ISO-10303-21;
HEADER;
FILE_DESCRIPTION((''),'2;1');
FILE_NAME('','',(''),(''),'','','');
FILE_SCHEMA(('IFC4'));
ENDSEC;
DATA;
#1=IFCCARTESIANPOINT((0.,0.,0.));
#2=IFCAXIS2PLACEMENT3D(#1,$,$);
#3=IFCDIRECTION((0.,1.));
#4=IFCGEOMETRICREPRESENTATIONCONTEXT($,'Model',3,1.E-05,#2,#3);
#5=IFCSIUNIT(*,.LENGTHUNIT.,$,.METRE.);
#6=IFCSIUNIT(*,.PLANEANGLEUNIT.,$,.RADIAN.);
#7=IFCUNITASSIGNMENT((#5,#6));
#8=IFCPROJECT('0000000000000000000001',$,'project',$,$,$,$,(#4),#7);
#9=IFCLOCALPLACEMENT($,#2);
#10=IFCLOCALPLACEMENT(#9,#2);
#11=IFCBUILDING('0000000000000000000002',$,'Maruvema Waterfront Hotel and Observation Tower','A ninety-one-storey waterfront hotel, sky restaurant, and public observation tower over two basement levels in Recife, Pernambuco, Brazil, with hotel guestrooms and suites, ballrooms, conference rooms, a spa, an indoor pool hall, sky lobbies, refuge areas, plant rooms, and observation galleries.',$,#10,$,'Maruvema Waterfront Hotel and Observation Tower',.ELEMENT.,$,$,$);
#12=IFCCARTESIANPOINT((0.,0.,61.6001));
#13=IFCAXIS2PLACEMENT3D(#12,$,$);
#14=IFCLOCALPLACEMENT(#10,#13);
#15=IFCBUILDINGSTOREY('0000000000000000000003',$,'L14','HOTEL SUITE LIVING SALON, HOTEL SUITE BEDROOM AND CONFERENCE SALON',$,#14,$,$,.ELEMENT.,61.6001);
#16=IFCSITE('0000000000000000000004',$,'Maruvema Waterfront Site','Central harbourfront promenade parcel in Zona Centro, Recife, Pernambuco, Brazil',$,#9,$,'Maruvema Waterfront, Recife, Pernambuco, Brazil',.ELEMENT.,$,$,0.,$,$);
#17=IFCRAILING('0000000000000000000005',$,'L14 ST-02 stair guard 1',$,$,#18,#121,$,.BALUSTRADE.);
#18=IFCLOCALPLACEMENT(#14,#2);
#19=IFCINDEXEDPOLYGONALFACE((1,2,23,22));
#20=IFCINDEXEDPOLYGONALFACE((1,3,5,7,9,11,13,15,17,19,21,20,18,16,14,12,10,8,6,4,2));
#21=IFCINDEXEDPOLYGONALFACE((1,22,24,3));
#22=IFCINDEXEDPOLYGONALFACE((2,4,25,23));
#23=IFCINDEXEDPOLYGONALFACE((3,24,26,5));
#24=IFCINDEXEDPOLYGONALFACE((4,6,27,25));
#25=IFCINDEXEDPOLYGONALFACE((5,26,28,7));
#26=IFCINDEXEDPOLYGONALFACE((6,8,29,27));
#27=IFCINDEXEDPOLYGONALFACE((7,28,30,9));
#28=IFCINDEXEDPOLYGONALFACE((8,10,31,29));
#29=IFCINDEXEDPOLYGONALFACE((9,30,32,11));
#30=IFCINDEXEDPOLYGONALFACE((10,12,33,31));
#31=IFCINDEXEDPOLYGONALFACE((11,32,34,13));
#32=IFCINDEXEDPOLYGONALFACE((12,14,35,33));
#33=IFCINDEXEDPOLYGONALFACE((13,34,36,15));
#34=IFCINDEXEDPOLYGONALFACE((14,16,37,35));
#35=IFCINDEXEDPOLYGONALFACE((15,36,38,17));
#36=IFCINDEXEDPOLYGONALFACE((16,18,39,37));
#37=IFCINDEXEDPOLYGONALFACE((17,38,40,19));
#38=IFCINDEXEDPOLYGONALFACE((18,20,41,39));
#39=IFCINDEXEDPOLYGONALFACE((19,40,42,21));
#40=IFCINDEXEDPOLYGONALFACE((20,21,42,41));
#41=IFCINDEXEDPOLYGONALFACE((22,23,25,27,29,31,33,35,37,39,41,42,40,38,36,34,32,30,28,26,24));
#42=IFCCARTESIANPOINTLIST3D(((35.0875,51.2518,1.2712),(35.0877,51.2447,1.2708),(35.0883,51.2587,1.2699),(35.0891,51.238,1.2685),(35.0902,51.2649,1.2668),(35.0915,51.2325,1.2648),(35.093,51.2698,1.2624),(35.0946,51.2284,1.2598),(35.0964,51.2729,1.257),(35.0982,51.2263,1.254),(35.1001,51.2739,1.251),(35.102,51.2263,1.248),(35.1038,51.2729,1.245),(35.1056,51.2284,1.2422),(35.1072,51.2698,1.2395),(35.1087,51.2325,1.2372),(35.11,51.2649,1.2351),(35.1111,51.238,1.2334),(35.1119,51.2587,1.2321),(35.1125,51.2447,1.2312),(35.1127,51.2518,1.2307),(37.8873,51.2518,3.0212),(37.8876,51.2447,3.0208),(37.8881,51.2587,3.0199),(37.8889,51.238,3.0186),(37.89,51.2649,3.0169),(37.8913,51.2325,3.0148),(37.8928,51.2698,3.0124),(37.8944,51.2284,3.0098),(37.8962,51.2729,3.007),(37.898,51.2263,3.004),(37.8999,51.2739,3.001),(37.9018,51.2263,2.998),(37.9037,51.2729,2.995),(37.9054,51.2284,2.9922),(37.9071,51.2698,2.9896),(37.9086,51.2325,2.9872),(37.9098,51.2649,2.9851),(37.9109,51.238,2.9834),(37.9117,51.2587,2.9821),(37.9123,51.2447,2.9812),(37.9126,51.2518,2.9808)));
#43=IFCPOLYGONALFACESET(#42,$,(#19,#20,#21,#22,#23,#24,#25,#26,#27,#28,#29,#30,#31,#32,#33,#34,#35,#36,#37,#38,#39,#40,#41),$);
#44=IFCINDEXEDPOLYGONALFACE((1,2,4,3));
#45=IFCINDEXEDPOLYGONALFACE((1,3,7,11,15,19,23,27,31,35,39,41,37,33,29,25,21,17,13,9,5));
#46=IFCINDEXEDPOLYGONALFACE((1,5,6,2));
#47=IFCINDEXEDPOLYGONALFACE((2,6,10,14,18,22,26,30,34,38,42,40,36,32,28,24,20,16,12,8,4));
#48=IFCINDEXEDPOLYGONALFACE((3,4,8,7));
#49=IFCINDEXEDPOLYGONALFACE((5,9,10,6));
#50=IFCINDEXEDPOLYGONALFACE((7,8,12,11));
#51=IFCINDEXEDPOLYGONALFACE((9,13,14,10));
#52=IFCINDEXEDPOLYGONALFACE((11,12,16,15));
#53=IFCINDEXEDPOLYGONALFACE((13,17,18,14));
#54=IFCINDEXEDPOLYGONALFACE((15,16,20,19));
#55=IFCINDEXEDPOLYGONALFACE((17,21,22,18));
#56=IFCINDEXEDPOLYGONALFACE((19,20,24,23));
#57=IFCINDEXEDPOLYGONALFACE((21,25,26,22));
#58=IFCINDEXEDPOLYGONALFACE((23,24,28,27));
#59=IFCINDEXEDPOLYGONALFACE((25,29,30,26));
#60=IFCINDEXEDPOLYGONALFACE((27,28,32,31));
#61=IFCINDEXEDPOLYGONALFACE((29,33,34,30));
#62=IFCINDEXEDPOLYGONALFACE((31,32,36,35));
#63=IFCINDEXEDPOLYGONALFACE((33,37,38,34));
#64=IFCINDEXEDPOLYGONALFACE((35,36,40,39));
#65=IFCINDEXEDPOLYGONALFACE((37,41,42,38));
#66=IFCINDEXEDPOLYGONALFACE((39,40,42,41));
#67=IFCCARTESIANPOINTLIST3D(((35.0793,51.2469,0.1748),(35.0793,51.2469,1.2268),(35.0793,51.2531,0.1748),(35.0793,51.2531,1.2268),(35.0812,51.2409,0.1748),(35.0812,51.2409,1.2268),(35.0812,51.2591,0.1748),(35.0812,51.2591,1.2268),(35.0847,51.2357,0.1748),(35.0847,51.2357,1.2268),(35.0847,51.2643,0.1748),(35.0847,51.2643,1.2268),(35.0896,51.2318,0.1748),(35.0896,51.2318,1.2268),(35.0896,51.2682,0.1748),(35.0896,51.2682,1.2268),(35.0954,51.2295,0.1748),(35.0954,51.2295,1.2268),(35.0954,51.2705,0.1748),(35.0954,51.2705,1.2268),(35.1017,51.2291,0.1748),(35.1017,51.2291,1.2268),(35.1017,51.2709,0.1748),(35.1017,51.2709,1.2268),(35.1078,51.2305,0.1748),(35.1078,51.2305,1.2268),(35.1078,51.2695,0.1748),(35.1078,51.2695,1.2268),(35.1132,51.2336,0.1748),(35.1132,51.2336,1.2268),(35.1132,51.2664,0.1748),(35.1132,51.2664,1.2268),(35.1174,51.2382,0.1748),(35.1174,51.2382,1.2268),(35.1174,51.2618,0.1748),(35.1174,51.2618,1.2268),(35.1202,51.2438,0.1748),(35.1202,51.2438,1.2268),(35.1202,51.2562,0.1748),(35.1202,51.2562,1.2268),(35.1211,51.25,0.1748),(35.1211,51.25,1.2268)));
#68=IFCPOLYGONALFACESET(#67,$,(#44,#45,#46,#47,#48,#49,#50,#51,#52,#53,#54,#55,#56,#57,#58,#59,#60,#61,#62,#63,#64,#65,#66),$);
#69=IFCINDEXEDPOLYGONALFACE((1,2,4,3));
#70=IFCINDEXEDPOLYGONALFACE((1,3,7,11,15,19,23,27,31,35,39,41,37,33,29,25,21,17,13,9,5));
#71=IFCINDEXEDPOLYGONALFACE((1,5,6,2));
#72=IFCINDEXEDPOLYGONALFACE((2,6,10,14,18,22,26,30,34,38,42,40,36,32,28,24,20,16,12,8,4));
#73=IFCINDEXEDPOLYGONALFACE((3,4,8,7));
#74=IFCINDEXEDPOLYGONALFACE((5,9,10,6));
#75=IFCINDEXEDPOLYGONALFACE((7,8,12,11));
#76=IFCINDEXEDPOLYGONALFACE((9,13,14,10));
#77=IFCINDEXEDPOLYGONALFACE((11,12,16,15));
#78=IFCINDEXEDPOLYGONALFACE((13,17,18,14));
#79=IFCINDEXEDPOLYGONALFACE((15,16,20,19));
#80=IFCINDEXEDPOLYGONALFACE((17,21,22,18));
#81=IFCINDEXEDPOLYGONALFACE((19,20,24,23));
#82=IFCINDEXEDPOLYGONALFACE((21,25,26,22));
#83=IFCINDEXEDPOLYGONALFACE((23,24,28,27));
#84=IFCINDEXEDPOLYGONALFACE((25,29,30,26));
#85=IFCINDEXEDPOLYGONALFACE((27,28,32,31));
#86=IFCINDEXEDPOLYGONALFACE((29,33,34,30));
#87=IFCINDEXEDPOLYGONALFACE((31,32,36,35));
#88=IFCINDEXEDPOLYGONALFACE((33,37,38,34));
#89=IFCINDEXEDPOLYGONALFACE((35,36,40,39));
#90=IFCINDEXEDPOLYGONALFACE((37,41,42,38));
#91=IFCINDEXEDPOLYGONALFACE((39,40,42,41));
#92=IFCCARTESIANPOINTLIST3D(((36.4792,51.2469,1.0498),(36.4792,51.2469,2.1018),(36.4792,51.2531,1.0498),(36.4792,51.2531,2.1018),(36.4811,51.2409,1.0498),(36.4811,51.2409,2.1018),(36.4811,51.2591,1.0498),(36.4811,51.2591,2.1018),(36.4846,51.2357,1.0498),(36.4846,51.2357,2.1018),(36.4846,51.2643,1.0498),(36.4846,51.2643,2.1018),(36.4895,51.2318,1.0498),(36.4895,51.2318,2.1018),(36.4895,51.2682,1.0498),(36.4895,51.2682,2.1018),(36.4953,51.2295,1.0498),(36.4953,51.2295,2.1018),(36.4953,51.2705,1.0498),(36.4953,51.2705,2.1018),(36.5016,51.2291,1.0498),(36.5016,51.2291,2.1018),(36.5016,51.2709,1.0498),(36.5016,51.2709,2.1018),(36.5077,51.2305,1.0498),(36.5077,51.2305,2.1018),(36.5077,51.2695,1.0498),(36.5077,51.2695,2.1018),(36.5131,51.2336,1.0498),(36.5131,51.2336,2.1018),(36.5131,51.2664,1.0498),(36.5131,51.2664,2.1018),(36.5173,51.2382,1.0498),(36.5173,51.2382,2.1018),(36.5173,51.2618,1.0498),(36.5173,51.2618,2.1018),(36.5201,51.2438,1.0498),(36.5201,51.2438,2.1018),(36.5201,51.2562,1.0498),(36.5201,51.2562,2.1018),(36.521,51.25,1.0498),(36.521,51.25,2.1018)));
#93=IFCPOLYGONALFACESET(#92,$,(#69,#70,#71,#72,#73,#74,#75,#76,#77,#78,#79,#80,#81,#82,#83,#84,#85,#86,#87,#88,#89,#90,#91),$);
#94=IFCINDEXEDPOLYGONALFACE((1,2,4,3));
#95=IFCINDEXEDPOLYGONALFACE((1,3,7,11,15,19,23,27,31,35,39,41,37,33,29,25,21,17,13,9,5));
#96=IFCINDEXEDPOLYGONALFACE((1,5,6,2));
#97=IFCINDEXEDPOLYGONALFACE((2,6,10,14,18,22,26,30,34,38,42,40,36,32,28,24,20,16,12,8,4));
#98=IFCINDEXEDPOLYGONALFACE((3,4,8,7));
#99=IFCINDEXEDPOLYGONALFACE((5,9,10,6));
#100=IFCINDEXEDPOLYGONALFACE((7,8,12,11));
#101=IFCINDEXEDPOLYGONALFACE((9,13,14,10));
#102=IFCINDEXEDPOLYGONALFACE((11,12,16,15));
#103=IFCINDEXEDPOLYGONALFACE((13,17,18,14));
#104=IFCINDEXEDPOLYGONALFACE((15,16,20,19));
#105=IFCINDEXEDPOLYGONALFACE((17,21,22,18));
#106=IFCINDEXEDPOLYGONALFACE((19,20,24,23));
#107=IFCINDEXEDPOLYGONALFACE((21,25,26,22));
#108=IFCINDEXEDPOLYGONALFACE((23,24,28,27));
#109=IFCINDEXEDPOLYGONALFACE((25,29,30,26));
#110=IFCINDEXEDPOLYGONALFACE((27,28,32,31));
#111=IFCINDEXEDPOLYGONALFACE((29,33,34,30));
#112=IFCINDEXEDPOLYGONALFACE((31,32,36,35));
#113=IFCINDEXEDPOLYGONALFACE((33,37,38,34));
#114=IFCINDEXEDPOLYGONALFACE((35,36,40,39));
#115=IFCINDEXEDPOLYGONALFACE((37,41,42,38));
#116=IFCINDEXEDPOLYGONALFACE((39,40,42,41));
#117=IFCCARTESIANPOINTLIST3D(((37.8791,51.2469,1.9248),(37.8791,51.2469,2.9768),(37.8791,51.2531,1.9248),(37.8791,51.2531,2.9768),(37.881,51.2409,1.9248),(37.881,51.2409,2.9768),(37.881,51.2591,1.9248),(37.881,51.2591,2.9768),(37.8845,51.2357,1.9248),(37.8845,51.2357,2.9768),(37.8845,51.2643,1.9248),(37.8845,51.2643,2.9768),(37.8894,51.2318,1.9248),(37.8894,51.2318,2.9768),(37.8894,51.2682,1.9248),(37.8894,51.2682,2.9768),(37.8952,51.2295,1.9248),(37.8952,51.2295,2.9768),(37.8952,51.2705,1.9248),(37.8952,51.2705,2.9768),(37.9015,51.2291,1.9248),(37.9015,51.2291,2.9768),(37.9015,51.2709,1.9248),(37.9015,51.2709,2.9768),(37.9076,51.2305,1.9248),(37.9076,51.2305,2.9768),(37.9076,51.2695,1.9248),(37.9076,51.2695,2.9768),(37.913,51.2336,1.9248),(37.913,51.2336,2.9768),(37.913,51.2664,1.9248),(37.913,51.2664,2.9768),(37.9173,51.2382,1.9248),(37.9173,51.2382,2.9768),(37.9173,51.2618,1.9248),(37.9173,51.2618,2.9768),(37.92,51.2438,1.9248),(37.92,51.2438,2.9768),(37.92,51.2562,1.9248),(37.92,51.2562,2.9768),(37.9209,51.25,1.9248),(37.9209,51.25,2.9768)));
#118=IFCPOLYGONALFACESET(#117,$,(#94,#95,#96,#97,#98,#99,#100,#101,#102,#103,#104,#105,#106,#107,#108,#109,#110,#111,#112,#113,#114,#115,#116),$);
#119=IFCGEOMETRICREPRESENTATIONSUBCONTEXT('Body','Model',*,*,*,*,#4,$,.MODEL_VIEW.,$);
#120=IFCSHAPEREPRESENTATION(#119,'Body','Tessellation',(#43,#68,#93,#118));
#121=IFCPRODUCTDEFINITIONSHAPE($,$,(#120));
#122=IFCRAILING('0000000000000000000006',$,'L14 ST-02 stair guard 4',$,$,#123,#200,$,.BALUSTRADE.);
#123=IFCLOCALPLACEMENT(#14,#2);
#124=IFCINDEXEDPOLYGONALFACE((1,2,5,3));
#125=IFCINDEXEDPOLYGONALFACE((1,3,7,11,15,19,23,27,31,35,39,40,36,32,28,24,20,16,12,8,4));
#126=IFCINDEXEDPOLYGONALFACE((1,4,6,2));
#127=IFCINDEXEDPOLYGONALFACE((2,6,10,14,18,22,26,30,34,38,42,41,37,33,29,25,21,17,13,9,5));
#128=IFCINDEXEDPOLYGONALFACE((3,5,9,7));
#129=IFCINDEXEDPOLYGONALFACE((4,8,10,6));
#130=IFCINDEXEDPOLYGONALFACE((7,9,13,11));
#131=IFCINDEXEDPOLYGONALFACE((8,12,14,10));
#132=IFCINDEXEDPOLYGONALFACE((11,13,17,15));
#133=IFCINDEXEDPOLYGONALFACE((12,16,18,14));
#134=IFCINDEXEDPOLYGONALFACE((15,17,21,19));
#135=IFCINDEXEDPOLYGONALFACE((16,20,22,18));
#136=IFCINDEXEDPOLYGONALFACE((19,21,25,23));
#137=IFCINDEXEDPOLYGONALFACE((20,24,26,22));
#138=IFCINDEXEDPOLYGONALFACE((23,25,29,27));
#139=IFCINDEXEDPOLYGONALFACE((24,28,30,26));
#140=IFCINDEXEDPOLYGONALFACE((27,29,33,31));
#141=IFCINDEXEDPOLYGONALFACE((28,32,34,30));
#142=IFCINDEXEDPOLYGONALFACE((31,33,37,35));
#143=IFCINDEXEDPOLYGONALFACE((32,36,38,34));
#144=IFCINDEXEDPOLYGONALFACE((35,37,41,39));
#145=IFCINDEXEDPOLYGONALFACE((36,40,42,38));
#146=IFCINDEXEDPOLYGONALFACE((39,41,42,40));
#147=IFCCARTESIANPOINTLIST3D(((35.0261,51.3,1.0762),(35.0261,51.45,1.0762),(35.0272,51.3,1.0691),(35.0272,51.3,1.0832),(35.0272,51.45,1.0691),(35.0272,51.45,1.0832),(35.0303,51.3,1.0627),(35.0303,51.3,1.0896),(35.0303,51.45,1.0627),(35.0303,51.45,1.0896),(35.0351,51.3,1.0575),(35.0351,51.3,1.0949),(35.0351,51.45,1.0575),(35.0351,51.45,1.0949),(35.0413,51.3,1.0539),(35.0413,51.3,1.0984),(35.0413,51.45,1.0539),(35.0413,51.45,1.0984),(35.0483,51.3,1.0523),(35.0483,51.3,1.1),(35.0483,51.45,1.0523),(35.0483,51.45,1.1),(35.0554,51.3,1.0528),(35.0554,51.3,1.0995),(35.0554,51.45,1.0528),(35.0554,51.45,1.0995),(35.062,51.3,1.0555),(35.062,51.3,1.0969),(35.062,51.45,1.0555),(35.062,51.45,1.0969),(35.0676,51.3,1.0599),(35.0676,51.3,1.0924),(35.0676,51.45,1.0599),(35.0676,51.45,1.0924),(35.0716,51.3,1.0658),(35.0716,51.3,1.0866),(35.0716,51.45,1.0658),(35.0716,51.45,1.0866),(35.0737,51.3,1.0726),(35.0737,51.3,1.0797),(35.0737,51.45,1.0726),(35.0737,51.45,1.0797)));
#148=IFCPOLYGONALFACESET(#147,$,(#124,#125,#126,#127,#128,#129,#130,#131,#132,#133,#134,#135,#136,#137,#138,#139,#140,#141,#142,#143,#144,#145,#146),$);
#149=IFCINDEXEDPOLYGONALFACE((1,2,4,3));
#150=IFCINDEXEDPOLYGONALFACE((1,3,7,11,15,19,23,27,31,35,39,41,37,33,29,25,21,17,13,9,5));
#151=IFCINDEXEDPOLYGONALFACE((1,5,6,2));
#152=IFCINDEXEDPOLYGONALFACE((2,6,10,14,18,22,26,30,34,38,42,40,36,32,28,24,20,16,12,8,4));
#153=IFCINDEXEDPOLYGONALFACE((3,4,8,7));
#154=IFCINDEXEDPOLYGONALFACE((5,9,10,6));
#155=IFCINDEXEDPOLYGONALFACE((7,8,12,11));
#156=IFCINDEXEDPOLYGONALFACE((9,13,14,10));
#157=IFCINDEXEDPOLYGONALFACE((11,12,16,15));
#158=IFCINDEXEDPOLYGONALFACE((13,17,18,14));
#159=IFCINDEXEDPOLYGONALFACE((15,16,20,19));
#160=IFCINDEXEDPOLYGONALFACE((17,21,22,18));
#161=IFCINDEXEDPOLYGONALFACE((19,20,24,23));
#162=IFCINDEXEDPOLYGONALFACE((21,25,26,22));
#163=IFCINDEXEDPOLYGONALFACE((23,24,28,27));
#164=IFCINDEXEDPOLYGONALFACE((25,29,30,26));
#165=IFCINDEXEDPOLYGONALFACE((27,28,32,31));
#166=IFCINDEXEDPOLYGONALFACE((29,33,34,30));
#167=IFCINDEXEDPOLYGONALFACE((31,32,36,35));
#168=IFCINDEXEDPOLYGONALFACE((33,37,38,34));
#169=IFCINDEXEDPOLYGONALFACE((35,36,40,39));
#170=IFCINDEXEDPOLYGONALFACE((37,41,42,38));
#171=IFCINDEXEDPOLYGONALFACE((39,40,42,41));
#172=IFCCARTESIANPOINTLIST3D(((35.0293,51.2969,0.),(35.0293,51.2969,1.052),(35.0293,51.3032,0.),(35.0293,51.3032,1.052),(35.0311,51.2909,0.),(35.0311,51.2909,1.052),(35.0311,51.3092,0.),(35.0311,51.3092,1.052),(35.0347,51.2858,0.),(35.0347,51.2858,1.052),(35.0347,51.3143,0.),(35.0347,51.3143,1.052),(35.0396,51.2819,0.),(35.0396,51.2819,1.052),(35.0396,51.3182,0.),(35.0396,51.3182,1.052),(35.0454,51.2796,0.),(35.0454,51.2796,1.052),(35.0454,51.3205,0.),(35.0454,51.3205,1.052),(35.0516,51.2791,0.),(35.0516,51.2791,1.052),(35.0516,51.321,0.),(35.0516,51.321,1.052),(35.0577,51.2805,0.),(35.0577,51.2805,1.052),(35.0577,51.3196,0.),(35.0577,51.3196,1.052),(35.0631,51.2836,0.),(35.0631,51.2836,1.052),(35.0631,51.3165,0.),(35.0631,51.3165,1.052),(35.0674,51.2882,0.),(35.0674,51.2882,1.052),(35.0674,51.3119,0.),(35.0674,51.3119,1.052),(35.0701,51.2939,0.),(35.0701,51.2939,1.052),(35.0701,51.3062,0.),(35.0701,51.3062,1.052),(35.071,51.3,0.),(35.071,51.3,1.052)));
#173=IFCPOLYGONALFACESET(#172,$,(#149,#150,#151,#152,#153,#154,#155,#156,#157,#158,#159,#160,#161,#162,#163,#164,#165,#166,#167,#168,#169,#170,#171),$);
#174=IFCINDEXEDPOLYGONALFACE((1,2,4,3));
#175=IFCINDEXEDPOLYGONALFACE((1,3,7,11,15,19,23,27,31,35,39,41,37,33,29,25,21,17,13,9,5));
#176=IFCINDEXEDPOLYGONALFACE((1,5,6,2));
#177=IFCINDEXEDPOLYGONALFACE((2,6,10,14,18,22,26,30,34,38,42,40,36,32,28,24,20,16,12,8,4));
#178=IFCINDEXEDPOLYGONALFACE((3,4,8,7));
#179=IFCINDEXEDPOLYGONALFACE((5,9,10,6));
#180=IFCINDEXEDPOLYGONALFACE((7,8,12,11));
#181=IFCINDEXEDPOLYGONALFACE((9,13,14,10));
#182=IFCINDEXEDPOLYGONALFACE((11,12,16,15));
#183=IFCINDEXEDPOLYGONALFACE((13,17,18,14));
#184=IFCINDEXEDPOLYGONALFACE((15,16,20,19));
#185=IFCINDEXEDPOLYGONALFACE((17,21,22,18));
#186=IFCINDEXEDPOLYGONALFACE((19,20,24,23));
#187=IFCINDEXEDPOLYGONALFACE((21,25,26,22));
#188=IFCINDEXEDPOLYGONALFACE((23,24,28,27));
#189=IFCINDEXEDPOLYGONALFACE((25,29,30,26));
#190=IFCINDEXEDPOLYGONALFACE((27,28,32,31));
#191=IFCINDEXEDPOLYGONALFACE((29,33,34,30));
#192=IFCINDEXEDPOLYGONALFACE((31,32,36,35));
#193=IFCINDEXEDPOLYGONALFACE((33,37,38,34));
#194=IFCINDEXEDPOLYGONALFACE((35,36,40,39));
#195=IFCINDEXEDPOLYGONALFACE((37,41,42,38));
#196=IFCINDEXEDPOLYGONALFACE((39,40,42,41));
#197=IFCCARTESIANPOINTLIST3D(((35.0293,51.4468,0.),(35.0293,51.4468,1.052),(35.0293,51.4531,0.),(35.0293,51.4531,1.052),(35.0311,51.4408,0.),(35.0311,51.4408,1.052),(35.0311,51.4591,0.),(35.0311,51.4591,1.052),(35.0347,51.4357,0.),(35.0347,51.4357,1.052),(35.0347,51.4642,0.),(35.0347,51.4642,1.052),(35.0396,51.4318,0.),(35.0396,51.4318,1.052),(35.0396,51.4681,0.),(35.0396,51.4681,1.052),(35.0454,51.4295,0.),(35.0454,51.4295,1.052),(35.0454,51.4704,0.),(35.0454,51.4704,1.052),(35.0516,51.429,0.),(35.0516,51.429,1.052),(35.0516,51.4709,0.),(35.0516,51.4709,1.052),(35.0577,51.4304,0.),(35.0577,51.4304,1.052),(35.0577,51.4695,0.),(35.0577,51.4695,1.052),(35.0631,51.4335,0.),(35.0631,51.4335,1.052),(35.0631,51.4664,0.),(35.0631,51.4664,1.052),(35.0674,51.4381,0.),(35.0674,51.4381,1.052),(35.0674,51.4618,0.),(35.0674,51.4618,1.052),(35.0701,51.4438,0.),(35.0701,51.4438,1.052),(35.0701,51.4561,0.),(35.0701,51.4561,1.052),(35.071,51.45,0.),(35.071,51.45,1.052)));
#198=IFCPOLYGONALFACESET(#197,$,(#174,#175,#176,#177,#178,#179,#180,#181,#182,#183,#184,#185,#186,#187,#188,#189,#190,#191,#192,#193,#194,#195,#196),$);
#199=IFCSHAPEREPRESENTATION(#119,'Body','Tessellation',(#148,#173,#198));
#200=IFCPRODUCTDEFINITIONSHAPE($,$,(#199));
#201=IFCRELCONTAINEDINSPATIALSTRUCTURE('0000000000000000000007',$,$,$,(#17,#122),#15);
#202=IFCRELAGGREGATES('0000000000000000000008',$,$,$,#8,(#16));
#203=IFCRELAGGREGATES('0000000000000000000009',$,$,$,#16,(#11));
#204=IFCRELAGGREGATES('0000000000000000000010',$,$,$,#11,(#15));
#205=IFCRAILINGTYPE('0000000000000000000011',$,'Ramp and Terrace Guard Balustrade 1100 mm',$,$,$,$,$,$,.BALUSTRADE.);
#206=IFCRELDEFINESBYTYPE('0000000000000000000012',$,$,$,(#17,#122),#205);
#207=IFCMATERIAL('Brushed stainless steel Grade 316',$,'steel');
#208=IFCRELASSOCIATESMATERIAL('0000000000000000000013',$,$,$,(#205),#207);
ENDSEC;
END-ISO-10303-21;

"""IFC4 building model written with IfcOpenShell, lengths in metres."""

from ifc_helpers import new_model, si_unit, direction, frame, origin, origin_2d, place, context, subcontext, project, spatial, circle, extrude, material, type_object, element, save


model = new_model("IFC4")

# Units and contexts
model_context = context("Model", 3, precision=1e-05, world=origin(), true_north=direction((0.0, 1.0)))
body_context = subcontext(model_context, "Body", "Model", "MODEL_VIEW")
ifc_project = project(units=[si_unit("LENGTHUNIT", "METRE"), si_unit("PLANEANGLEUNIT", "RADIAN")], contexts=[model_context])

# Site, building, storey
site_placement = place(None, origin())
site = spatial("IfcSite", under=ifc_project, at=site_placement, Name="Maruvema Waterfront Site", Description="Central harbourfront promenade parcel in Zona Centro, Recife, Pernambuco, Brazil", LongName="Maruvema Waterfront, Recife, Pernambuco, Brazil", CompositionType="ELEMENT", RefElevation=0.0)
building_placement = place(site_placement, origin())
building = spatial("IfcBuilding", under=site, at=building_placement, Name="Maruvema Waterfront Hotel and Observation Tower", Description="A ninety-one-storey waterfront hotel, sky restaurant, and public observation tower over two basement levels in Recife, Pernambuco, Brazil, with hotel guestrooms and suites, ballrooms, conference rooms, a spa, an indoor pool hall, sky lobbies, refuge areas, plant rooms, and observation galleries.", LongName="Maruvema Waterfront Hotel and Observation Tower", CompositionType="ELEMENT")
storey_placement = place(building_placement, frame((0.0, 0.0, 61.6001)))
storey = spatial("IfcBuildingStorey", under=building, at=storey_placement, Name="L14", Description="HOTEL SUITE LIVING SALON, HOTEL SUITE BEDROOM AND CONFERENCE SALON", CompositionType="ELEMENT", Elevation=61.6001)

# Railings
ifc_material_1 = material(Name="Brushed stainless steel Grade 316", Category="steel")
railing_type_1 = type_object("IfcRailingType", Name="Ramp and Terrace Guard Balustrade 1100 mm", PredefinedType="BALUSTRADE", material=ifc_material_1)
railing_1_placement = place(storey_placement, frame((35.1001, 51.25, 0.1748)))
element("IfcRailing", 1, at=railing_1_placement, inside=storey, type_object=railing_type_1, Name="L14 ST-02 stair guard 1", PredefinedType="BALUSTRADE", context=body_context, shape_type="SweptSolid", body=[
    extrude(circle(Radius=0.0239, at=origin_2d()), frame((0.0, 0.0, 1.0762), z_axis=(0.847982, 0.0, 0.530026), x_axis=(0.0, 1.0, 0.0)), (0.0, 0.0, 1.0), 3.3018),
    extrude(circle(Radius=0.021, at=origin_2d()), origin(), (0.0, 0.0, 1.0), 1.052),
    extrude(circle(Radius=0.021, at=origin_2d()), frame((1.3999, 0.0, 0.875)), (0.0, 0.0, 1.0), 1.052),
    extrude(circle(Radius=0.021, at=origin_2d()), frame((2.7998, 0.0, 1.75)), (0.0, 0.0, 1.0), 1.052),
])
railing_2_placement = place(storey_placement, frame((35.05, 51.3, 0.0)))
element("IfcRailing", 2, at=railing_2_placement, inside=storey, type_object=railing_type_1, Name="L14 ST-02 stair guard 4", PredefinedType="BALUSTRADE", context=body_context, shape_type="SweptSolid", body=[
    extrude(circle(Radius=0.0239, at=origin_2d()), frame((0.0, 0.0, 1.0762), z_axis=(0.0, 1.0, 0.0), x_axis=(-1.0, 0.0, 0.0)), (0.0, 0.0, 1.0), 0.1499),
    extrude(circle(Radius=0.021, at=origin_2d()), origin(), (0.0, 0.0, 1.0), 1.052),
    extrude(circle(Radius=0.021, at=origin_2d()), frame((0.0, 0.1499, 0.0)), (0.0, 0.0, 1.0), 1.052),
])

save(model, "model.ifc")
